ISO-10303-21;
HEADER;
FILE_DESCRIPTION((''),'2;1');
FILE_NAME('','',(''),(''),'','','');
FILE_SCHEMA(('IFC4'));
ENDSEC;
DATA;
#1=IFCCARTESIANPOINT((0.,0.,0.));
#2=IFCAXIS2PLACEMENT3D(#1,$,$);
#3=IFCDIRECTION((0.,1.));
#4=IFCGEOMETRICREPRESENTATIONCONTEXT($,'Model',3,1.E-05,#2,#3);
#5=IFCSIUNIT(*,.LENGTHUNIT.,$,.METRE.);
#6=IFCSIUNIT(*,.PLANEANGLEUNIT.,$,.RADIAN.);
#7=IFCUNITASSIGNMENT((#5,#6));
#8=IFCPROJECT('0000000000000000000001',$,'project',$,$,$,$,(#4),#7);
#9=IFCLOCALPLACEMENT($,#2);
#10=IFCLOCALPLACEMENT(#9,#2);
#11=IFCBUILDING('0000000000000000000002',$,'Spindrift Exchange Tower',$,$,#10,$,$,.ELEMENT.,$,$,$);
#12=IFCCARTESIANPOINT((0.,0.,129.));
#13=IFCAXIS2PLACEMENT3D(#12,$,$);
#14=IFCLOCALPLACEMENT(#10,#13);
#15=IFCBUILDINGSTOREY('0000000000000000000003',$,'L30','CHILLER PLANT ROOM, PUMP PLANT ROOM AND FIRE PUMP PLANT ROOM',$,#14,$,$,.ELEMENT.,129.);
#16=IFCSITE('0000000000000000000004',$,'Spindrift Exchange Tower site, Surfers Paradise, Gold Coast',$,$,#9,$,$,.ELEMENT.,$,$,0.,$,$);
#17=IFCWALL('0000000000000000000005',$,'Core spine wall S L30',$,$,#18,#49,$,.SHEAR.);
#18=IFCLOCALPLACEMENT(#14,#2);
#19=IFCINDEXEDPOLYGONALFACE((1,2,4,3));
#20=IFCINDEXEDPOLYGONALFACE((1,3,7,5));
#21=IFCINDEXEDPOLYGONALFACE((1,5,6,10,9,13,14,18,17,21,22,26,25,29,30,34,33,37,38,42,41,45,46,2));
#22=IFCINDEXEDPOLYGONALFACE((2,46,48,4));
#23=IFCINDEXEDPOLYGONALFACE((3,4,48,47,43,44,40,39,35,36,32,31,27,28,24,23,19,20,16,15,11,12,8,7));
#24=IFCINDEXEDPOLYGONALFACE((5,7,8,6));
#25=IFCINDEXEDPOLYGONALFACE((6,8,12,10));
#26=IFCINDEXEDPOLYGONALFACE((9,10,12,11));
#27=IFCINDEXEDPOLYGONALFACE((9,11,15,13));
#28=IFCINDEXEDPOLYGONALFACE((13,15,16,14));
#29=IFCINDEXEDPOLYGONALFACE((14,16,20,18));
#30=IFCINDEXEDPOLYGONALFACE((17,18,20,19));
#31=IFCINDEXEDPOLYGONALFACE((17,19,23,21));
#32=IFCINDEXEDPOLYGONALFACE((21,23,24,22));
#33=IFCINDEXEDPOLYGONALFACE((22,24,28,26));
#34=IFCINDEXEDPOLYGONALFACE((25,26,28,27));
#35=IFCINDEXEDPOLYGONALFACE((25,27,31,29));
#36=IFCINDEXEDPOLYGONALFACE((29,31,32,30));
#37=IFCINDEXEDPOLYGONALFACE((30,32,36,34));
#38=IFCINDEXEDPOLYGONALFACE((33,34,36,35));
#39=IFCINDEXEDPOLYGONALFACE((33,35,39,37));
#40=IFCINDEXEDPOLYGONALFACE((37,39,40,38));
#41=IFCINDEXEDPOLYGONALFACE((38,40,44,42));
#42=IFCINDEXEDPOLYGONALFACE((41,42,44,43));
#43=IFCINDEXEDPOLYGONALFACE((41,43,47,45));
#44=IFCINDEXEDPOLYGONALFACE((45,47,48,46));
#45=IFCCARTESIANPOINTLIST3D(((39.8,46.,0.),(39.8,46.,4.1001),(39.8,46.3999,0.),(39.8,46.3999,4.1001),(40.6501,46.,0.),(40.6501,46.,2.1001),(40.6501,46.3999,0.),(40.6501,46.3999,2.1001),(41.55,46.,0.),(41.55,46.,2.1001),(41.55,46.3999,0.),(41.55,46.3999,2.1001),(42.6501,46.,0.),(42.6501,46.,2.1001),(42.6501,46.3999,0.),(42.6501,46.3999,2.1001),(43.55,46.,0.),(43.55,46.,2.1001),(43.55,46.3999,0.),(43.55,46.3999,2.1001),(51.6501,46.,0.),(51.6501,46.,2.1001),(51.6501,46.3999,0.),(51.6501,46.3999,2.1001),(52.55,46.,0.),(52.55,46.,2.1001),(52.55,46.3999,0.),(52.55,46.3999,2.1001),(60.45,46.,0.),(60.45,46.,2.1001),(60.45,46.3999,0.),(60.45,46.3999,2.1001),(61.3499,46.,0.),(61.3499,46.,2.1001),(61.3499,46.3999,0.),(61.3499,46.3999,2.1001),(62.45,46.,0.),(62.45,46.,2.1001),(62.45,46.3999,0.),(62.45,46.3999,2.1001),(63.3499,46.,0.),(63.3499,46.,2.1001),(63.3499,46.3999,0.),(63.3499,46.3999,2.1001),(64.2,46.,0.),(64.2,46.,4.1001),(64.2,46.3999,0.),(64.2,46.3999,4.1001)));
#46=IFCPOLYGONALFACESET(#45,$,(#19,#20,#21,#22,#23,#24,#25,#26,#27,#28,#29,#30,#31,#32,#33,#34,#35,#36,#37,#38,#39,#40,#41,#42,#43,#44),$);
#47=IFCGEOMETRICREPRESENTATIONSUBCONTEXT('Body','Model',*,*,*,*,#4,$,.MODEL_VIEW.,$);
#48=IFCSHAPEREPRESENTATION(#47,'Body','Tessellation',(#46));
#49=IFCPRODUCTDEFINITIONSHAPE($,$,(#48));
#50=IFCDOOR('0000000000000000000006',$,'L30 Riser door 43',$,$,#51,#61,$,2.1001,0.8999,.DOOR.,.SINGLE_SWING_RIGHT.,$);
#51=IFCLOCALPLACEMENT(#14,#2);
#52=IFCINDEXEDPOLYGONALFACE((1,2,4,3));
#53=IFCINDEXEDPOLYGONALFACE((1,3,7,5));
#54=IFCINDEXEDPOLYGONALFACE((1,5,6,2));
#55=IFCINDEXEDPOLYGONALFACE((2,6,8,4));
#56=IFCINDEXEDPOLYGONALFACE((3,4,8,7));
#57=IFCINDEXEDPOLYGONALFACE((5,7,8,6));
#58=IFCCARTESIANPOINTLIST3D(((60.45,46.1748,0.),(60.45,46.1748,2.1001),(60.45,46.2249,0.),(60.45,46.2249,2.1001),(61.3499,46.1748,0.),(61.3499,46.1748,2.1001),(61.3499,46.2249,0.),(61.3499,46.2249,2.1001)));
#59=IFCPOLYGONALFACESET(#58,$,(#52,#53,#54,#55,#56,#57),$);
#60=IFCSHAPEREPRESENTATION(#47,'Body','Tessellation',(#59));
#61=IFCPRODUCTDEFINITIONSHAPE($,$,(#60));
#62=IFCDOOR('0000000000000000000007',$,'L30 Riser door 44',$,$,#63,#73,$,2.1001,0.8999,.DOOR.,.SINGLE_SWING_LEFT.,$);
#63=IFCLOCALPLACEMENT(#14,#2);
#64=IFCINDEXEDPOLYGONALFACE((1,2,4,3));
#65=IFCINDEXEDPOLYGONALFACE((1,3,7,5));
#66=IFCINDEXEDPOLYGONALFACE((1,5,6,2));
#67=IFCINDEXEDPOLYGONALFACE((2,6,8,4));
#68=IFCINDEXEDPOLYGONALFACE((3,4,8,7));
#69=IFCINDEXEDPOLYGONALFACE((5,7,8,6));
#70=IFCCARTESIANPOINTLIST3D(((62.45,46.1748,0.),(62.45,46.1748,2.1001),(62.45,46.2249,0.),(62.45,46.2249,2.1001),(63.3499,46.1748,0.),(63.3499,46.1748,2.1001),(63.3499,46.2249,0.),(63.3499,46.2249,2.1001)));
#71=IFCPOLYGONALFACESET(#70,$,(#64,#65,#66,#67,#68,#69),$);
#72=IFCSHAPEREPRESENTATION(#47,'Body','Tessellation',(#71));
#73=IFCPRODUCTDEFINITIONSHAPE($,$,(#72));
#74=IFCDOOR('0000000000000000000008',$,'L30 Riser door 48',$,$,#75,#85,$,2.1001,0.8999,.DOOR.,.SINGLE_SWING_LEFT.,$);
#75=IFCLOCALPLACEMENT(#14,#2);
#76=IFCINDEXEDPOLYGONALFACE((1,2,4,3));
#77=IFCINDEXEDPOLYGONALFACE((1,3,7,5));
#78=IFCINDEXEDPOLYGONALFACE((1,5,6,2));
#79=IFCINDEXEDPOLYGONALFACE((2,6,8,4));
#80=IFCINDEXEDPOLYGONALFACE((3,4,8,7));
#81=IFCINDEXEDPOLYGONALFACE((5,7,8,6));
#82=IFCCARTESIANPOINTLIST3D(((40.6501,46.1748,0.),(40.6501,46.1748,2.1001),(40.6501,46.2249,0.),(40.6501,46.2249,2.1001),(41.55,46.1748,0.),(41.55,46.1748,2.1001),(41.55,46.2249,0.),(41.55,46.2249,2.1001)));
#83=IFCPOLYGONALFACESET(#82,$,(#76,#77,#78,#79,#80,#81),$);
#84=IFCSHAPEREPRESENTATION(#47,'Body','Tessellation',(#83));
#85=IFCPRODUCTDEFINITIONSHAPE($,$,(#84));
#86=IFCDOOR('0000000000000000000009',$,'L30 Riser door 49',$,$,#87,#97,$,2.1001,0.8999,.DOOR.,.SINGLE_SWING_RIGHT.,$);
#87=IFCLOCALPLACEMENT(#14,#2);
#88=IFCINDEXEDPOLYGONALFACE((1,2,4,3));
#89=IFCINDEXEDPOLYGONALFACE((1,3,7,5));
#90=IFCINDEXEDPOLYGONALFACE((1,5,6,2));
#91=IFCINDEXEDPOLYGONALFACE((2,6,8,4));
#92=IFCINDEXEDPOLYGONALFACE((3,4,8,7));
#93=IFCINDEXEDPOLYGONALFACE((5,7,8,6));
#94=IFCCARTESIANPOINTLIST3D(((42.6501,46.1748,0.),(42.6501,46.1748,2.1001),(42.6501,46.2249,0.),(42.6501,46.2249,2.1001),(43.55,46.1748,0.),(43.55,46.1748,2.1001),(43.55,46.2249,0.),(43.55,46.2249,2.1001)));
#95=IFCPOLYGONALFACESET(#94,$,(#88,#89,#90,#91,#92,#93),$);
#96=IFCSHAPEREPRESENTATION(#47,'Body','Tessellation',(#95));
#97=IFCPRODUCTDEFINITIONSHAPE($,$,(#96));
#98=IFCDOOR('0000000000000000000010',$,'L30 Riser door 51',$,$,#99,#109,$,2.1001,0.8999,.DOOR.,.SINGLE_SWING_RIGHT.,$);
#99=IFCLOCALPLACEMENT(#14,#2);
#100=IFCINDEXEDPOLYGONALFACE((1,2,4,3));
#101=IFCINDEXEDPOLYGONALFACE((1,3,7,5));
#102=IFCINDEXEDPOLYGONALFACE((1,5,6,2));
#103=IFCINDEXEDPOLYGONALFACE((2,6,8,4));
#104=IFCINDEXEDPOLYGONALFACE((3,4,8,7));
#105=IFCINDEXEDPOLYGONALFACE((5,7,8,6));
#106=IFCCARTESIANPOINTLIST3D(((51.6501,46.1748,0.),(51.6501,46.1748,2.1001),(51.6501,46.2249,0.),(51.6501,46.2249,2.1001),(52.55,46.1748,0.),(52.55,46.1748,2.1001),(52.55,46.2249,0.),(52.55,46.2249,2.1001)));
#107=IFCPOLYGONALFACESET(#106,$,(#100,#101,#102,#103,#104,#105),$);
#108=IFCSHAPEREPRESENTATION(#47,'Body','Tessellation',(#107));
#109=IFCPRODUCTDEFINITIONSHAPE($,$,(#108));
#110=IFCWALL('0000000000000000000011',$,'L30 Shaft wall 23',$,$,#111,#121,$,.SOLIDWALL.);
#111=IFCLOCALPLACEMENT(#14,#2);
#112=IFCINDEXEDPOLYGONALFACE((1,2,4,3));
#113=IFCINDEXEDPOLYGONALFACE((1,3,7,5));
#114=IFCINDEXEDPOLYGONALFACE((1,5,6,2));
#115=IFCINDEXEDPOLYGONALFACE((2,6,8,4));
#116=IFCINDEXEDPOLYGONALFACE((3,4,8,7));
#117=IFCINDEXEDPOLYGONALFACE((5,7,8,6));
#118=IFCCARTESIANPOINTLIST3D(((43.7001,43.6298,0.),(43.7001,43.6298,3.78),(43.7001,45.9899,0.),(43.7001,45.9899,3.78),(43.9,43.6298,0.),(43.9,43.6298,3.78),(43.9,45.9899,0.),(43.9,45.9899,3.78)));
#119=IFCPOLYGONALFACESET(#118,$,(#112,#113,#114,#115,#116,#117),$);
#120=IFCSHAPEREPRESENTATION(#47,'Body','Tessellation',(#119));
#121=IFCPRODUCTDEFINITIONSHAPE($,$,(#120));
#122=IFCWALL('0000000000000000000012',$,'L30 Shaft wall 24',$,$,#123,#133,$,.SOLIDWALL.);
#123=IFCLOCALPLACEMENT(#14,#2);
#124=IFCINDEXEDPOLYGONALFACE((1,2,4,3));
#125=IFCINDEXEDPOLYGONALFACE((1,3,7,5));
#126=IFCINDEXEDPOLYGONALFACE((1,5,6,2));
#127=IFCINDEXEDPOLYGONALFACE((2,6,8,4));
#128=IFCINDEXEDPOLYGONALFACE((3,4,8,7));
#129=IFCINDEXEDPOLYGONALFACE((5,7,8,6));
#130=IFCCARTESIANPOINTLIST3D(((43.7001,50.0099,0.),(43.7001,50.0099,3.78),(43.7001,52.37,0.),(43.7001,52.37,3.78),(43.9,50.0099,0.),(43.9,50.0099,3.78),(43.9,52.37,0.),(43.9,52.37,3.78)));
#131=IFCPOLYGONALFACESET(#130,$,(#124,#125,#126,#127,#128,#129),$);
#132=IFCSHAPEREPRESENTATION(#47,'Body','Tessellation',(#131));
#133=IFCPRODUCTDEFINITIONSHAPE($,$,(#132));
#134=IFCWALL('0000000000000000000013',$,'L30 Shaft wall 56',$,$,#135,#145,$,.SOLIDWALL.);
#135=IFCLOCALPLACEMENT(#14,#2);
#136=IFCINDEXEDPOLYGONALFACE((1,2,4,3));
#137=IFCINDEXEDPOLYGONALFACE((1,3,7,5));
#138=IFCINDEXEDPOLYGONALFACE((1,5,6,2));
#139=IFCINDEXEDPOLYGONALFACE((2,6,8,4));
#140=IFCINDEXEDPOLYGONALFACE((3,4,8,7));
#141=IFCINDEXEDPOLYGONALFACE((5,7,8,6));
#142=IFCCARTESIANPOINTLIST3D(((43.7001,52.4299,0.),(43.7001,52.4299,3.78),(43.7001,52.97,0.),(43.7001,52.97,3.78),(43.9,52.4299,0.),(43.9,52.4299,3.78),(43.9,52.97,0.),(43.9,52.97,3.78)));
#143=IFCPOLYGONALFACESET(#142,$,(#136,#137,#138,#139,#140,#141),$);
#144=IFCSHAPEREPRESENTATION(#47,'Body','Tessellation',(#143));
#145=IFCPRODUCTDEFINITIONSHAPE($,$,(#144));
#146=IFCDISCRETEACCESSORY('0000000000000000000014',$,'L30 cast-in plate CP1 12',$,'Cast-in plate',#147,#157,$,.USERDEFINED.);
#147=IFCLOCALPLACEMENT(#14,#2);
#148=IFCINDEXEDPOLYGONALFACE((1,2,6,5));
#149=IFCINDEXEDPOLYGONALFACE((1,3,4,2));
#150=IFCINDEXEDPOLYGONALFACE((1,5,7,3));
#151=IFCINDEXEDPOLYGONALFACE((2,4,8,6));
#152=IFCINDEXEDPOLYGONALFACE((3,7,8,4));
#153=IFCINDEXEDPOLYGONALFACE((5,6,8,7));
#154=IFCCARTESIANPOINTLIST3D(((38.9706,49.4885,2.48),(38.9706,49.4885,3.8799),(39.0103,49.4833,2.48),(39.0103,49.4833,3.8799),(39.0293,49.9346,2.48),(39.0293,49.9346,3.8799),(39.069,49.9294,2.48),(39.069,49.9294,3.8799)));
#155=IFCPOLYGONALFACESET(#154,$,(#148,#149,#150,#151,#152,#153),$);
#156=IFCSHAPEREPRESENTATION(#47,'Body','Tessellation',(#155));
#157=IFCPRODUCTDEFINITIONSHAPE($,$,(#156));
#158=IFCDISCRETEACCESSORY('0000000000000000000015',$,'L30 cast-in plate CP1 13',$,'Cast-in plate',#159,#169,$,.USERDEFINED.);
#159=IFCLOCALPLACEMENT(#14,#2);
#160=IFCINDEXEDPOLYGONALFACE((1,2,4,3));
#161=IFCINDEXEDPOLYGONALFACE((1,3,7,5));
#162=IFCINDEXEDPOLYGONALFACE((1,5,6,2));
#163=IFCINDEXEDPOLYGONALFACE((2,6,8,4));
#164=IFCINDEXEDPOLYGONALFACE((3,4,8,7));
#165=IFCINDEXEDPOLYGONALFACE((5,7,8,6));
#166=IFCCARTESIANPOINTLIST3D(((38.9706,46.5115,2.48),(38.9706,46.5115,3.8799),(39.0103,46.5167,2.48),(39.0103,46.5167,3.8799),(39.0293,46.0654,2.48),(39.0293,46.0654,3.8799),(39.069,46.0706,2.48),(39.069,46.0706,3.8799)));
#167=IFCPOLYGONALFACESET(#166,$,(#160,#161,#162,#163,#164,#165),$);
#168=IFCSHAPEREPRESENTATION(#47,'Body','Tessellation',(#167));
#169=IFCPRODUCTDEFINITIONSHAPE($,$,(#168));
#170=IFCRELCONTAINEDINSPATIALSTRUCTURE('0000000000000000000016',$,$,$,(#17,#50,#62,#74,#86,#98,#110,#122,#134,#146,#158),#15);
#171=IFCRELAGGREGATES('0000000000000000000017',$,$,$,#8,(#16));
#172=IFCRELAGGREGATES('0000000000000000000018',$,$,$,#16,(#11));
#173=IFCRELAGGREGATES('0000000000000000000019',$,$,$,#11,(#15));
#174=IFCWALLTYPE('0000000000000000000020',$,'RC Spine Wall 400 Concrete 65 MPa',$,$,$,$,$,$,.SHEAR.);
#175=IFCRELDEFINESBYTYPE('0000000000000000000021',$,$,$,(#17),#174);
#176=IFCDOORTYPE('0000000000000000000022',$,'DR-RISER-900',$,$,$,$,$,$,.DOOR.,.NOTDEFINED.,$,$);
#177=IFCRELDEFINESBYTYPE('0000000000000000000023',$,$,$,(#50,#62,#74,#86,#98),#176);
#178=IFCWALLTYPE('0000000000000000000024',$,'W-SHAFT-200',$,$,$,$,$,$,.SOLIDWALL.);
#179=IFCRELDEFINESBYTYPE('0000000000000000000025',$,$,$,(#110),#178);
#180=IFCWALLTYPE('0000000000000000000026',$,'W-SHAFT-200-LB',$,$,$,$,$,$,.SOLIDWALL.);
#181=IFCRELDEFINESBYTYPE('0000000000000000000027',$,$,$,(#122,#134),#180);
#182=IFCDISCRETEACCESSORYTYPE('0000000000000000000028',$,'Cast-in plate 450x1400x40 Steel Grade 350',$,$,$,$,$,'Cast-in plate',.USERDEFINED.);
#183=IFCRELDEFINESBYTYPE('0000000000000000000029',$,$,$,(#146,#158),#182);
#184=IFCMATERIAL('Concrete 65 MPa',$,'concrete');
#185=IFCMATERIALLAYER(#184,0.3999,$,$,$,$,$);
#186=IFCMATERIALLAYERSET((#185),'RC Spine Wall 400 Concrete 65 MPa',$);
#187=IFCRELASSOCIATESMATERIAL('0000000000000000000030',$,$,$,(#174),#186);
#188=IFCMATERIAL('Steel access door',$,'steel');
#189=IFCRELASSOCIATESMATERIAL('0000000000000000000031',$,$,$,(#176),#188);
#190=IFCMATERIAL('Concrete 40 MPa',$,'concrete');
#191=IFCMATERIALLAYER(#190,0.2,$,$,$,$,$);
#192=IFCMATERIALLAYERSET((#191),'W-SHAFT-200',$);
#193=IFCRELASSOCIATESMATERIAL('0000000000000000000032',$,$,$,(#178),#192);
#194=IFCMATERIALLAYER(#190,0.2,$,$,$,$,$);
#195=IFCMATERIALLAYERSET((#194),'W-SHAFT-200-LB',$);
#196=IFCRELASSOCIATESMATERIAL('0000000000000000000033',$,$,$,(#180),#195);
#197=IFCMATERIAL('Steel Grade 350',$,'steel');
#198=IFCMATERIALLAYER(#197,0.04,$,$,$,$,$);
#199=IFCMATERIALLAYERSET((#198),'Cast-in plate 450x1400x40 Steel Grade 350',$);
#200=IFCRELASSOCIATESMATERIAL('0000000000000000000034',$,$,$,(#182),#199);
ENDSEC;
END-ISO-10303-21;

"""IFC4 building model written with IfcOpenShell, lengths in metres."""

from ifc_helpers import new_model, si_unit, direction, frame, frame_2d, origin, origin_2d, place, context, subcontext, project, spatial, rectangle, extrude, source, transform, mapped, material, layer, layer_set, type_object, element, fill, save


model = new_model("IFC4")

# Units and contexts
model_context = context("Model", 3, precision=1e-05, world=origin(), true_north=direction((0.0, 1.0)))
body_context = subcontext(model_context, "Body", "Model", "MODEL_VIEW")
ifc_project = project(units=[si_unit("LENGTHUNIT", "METRE"), si_unit("PLANEANGLEUNIT", "RADIAN")], contexts=[model_context])

# Site, building, storey
site_placement = place(None, origin())
site = spatial("IfcSite", under=ifc_project, at=site_placement, Name="Spindrift Exchange Tower site, Surfers Paradise, Gold Coast", CompositionType="ELEMENT", RefElevation=0.0)
building_placement = place(site_placement, origin())
building = spatial("IfcBuilding", under=site, at=building_placement, Name="Spindrift Exchange Tower", CompositionType="ELEMENT")
storey_placement = place(building_placement, frame((0.0, 0.0, 129.0)))
storey = spatial("IfcBuildingStorey", under=building, at=storey_placement, Name="L30", Description="CHILLER PLANT ROOM, PUMP PLANT ROOM AND FIRE PUMP PLANT ROOM", CompositionType="ELEMENT", Elevation=129.0)

# Wall, openings, doors
ifc_material_1 = material(Name="Concrete 65 MPa", Category="concrete")
ifc_layer_1 = layer(ifc_material_1, 0.3999)
ifc_layer_set_1 = layer_set([ifc_layer_1], Name="RC Spine Wall 400 Concrete 65 MPa")
wall_type_1 = type_object("IfcWallType", Name="RC Spine Wall 400 Concrete 65 MPa", PredefinedType="SHEAR", material=ifc_layer_set_1)
ifc_material_2 = material(Name="Steel access door", Category="steel")
door_type_1 = type_object("IfcDoorType", Name="DR-RISER-900", OperationType="NOTDEFINED", PredefinedType="DOOR", material=ifc_material_2)
shared_shape_1 = source(origin(), body_context, "Body", "SweptSolid", [
    extrude(rectangle(XDim=0.8999, YDim=2.1001, at=frame_2d((0.45, 1.05))), frame((0.0, 0.0249, 0.0), z_axis=(0.0, -1.0, 0.0), x_axis=(1.0, 0.0, 0.0)), (0.0, 0.0, 1.0), 0.05),
])
wall_1_placement = place(storey_placement, frame((39.8, 46.2, 0.0), z_axis=(0.0, 0.0, 1.0), x_axis=(1.0, 0.0, 0.0)))
wall_1 = element("IfcWall", 1, at=wall_1_placement, inside=storey, type_object=wall_type_1, Name="Core spine wall S L30", PredefinedType="SHEAR", context=body_context, shape_type="SweptSolid", body=[
    extrude(rectangle(XDim=24.3999, YDim=0.3999, at=frame_2d((12.2, 0.0))), origin(), (0.0, 0.0, 1.0), 4.1001),
])
opening_1_placement = place(wall_1_placement, frame((20.6499, 0.0, 0.0)))
opening_1 = element("IfcOpeningElement", 2, at=opening_1_placement, cuts=wall_1, PredefinedType="OPENING", context=body_context, shape_type="SweptSolid", body=[
    extrude(rectangle(XDim=0.8999, YDim=2.1001, at=frame_2d((0.45, 1.05))), frame((0.0, 0.21, 0.0), z_axis=(0.0, -1.0, 0.0), x_axis=(1.0, 0.0, 0.0)), (0.0, 0.0, 1.0), 0.4199),
])
opening_2_placement = place(wall_1_placement, frame((22.6499, 0.0, 0.0)))
opening_2 = element("IfcOpeningElement", 3, at=opening_2_placement, cuts=wall_1, PredefinedType="OPENING", context=body_context, shape_type="SweptSolid", body=[
    extrude(rectangle(XDim=0.8999, YDim=2.1001, at=frame_2d((0.45, 1.05))), frame((0.0, 0.21, 0.0), z_axis=(0.0, -1.0, 0.0), x_axis=(1.0, 0.0, 0.0)), (0.0, 0.0, 1.0), 0.4199),
])
opening_3_placement = place(wall_1_placement, frame((0.8501, 0.0, 0.0)))
opening_3 = element("IfcOpeningElement", 4, at=opening_3_placement, cuts=wall_1, PredefinedType="OPENING", context=body_context, shape_type="SweptSolid", body=[
    extrude(rectangle(XDim=0.8999, YDim=2.1001, at=frame_2d((0.45, 1.05))), frame((0.0, 0.21, 0.0), z_axis=(0.0, -1.0, 0.0), x_axis=(1.0, 0.0, 0.0)), (0.0, 0.0, 1.0), 0.4199),
])
opening_4_placement = place(wall_1_placement, frame((2.8501, 0.0, 0.0)))
opening_4 = element("IfcOpeningElement", 5, at=opening_4_placement, cuts=wall_1, PredefinedType="OPENING", context=body_context, shape_type="SweptSolid", body=[
    extrude(rectangle(XDim=0.8999, YDim=2.1001, at=frame_2d((0.45, 1.05))), frame((0.0, 0.21, 0.0), z_axis=(0.0, -1.0, 0.0), x_axis=(1.0, 0.0, 0.0)), (0.0, 0.0, 1.0), 0.4199),
])
opening_5_placement = place(wall_1_placement, frame((11.8501, 0.0, 0.0)))
opening_5 = element("IfcOpeningElement", 6, at=opening_5_placement, cuts=wall_1, PredefinedType="OPENING", context=body_context, shape_type="SweptSolid", body=[
    extrude(rectangle(XDim=0.8999, YDim=2.1001, at=frame_2d((0.45, 1.05))), frame((0.0, 0.21, 0.0), z_axis=(0.0, -1.0, 0.0), x_axis=(1.0, 0.0, 0.0)), (0.0, 0.0, 1.0), 0.4199),
])
door_1_placement = place(opening_1_placement, origin())
door_1 = element("IfcDoor", 7, at=door_1_placement, inside=storey, type_object=door_type_1, Name="L30 Riser door 43", OperationType="SINGLE_SWING_RIGHT", OverallHeight=2.1001, OverallWidth=0.8999, PredefinedType="DOOR", context=body_context, shape_type="MappedRepresentation", body=[
    mapped(shared_shape_1, transform((0.0, 0.0, 0.0), scale=1.0)),
])
fill(opening_1, door_1)
door_2_placement = place(opening_2_placement, origin())
door_2 = element("IfcDoor", 8, at=door_2_placement, inside=storey, type_object=door_type_1, Name="L30 Riser door 44", OperationType="SINGLE_SWING_LEFT", OverallHeight=2.1001, OverallWidth=0.8999, PredefinedType="DOOR", context=body_context, shape_type="MappedRepresentation", body=[
    mapped(shared_shape_1, transform((0.0, 0.0, 0.0), scale=1.0)),
])
fill(opening_2, door_2)
door_3_placement = place(opening_3_placement, origin())
door_3 = element("IfcDoor", 9, at=door_3_placement, inside=storey, type_object=door_type_1, Name="L30 Riser door 48", OperationType="SINGLE_SWING_LEFT", OverallHeight=2.1001, OverallWidth=0.8999, PredefinedType="DOOR", context=body_context, shape_type="MappedRepresentation", body=[
    mapped(shared_shape_1, transform((0.0, 0.0, 0.0), scale=1.0)),
])
fill(opening_3, door_3)
door_4_placement = place(opening_4_placement, origin())
door_4 = element("IfcDoor", 10, at=door_4_placement, inside=storey, type_object=door_type_1, Name="L30 Riser door 49", OperationType="SINGLE_SWING_RIGHT", OverallHeight=2.1001, OverallWidth=0.8999, PredefinedType="DOOR", context=body_context, shape_type="MappedRepresentation", body=[
    mapped(shared_shape_1, transform((0.0, 0.0, 0.0), scale=1.0)),
])
fill(opening_4, door_4)
door_5_placement = place(opening_5_placement, origin())
door_5 = element("IfcDoor", 11, at=door_5_placement, inside=storey, type_object=door_type_1, Name="L30 Riser door 51", OperationType="SINGLE_SWING_RIGHT", OverallHeight=2.1001, OverallWidth=0.8999, PredefinedType="DOOR", context=body_context, shape_type="MappedRepresentation", body=[
    mapped(shared_shape_1, transform((0.0, 0.0, 0.0), scale=1.0)),
])
fill(opening_5, door_5)

# Walls
ifc_material_3 = material(Name="Concrete 40 MPa", Category="concrete")
ifc_layer_2 = layer(ifc_material_3, 0.2)
ifc_layer_set_2 = layer_set([ifc_layer_2], Name="W-SHAFT-200")
wall_type_2 = type_object("IfcWallType", Name="W-SHAFT-200", PredefinedType="SOLIDWALL", material=ifc_layer_set_2)
wall_2_placement = place(storey_placement, frame((43.8, 45.99, 0.0), z_axis=(0.0, 0.0, 1.0), x_axis=(0.0, -1.0, 0.0)))
element("IfcWall", 12, at=wall_2_placement, inside=storey, type_object=wall_type_2, Name="L30 Shaft wall 23", PredefinedType="SOLIDWALL", context=body_context, shape_type="SweptSolid", body=[
    extrude(rectangle(XDim=2.3601, YDim=0.2, at=frame_2d((1.1802, 0.0))), origin(), (0.0, 0.0, 1.0), 3.78),
])
ifc_layer_3 = layer(ifc_material_3, 0.2)
ifc_layer_set_3 = layer_set([ifc_layer_3], Name="W-SHAFT-200-LB")
wall_type_3 = type_object("IfcWallType", Name="W-SHAFT-200-LB", PredefinedType="SOLIDWALL", material=ifc_layer_set_3)
wall_3_placement = place(storey_placement, frame((43.8, 52.3701, 0.0), z_axis=(0.0, 0.0, 1.0), x_axis=(0.0, -1.0, 0.0)))
element("IfcWall", 13, at=wall_3_placement, inside=storey, type_object=wall_type_3, Name="L30 Shaft wall 24", PredefinedType="SOLIDWALL", context=body_context, shape_type="SweptSolid", body=[
    extrude(rectangle(XDim=2.3601, YDim=0.2, at=frame_2d((1.1802, 0.0))), origin(), (0.0, 0.0, 1.0), 3.78),
])
wall_4_placement = place(storey_placement, frame((43.8, 52.4299, 0.0), z_axis=(0.0, 0.0, 1.0), x_axis=(0.0, 1.0, 0.0)))
element("IfcWall", 14, at=wall_4_placement, inside=storey, type_object=wall_type_3, Name="L30 Shaft wall 56", PredefinedType="SOLIDWALL", context=body_context, shape_type="SweptSolid", body=[
    extrude(rectangle(XDim=0.54, YDim=0.2, at=frame_2d((0.27, 0.0))), origin(), (0.0, 0.0, 1.0), 3.78),
])

# Discrete accessories
ifc_material_4 = material(Name="Steel Grade 350", Category="steel")
ifc_layer_4 = layer(ifc_material_4, 0.04)
ifc_layer_set_4 = layer_set([ifc_layer_4], Name="Cast-in plate 450x1400x40 Steel Grade 350")
discrete_accessory_type_1 = type_object("IfcDiscreteAccessoryType", Name="Cast-in plate 450x1400x40 Steel Grade 350", ElementType="Cast-in plate", PredefinedType="USERDEFINED", material=ifc_layer_set_4)
shared_shape_2 = source(origin(), body_context, "Body", "SweptSolid", [
    extrude(rectangle(XDim=0.04, YDim=0.45, at=origin_2d()), origin(), (0.0, 0.0, 1.0), 1.3999),
])
for number, where, z_axis, x_axis, name in (
    (15, (39.0198, 49.709, 2.48), (0.0, 0.0, 1.0), (-0.991445, 0.130526, 0.0), "L30 cast-in plate CP1 12"),
    (16, (39.0198, 46.291, 2.48), (0.0, 0.0, 1.0), (-0.991445, -0.130526, 0.0), "L30 cast-in plate CP1 13"),
):
    element("IfcDiscreteAccessory", number, at=place(storey_placement, frame(where, z_axis=z_axis, x_axis=x_axis)), inside=storey, type_object=discrete_accessory_type_1, Name=name, ObjectType="Cast-in plate", PredefinedType="USERDEFINED", context=body_context, shape_type="MappedRepresentation", body=[
        mapped(shared_shape_2, transform((0.0, 0.0, 0.0), scale=1.0)),
    ])

save(model, "model.ifc")
